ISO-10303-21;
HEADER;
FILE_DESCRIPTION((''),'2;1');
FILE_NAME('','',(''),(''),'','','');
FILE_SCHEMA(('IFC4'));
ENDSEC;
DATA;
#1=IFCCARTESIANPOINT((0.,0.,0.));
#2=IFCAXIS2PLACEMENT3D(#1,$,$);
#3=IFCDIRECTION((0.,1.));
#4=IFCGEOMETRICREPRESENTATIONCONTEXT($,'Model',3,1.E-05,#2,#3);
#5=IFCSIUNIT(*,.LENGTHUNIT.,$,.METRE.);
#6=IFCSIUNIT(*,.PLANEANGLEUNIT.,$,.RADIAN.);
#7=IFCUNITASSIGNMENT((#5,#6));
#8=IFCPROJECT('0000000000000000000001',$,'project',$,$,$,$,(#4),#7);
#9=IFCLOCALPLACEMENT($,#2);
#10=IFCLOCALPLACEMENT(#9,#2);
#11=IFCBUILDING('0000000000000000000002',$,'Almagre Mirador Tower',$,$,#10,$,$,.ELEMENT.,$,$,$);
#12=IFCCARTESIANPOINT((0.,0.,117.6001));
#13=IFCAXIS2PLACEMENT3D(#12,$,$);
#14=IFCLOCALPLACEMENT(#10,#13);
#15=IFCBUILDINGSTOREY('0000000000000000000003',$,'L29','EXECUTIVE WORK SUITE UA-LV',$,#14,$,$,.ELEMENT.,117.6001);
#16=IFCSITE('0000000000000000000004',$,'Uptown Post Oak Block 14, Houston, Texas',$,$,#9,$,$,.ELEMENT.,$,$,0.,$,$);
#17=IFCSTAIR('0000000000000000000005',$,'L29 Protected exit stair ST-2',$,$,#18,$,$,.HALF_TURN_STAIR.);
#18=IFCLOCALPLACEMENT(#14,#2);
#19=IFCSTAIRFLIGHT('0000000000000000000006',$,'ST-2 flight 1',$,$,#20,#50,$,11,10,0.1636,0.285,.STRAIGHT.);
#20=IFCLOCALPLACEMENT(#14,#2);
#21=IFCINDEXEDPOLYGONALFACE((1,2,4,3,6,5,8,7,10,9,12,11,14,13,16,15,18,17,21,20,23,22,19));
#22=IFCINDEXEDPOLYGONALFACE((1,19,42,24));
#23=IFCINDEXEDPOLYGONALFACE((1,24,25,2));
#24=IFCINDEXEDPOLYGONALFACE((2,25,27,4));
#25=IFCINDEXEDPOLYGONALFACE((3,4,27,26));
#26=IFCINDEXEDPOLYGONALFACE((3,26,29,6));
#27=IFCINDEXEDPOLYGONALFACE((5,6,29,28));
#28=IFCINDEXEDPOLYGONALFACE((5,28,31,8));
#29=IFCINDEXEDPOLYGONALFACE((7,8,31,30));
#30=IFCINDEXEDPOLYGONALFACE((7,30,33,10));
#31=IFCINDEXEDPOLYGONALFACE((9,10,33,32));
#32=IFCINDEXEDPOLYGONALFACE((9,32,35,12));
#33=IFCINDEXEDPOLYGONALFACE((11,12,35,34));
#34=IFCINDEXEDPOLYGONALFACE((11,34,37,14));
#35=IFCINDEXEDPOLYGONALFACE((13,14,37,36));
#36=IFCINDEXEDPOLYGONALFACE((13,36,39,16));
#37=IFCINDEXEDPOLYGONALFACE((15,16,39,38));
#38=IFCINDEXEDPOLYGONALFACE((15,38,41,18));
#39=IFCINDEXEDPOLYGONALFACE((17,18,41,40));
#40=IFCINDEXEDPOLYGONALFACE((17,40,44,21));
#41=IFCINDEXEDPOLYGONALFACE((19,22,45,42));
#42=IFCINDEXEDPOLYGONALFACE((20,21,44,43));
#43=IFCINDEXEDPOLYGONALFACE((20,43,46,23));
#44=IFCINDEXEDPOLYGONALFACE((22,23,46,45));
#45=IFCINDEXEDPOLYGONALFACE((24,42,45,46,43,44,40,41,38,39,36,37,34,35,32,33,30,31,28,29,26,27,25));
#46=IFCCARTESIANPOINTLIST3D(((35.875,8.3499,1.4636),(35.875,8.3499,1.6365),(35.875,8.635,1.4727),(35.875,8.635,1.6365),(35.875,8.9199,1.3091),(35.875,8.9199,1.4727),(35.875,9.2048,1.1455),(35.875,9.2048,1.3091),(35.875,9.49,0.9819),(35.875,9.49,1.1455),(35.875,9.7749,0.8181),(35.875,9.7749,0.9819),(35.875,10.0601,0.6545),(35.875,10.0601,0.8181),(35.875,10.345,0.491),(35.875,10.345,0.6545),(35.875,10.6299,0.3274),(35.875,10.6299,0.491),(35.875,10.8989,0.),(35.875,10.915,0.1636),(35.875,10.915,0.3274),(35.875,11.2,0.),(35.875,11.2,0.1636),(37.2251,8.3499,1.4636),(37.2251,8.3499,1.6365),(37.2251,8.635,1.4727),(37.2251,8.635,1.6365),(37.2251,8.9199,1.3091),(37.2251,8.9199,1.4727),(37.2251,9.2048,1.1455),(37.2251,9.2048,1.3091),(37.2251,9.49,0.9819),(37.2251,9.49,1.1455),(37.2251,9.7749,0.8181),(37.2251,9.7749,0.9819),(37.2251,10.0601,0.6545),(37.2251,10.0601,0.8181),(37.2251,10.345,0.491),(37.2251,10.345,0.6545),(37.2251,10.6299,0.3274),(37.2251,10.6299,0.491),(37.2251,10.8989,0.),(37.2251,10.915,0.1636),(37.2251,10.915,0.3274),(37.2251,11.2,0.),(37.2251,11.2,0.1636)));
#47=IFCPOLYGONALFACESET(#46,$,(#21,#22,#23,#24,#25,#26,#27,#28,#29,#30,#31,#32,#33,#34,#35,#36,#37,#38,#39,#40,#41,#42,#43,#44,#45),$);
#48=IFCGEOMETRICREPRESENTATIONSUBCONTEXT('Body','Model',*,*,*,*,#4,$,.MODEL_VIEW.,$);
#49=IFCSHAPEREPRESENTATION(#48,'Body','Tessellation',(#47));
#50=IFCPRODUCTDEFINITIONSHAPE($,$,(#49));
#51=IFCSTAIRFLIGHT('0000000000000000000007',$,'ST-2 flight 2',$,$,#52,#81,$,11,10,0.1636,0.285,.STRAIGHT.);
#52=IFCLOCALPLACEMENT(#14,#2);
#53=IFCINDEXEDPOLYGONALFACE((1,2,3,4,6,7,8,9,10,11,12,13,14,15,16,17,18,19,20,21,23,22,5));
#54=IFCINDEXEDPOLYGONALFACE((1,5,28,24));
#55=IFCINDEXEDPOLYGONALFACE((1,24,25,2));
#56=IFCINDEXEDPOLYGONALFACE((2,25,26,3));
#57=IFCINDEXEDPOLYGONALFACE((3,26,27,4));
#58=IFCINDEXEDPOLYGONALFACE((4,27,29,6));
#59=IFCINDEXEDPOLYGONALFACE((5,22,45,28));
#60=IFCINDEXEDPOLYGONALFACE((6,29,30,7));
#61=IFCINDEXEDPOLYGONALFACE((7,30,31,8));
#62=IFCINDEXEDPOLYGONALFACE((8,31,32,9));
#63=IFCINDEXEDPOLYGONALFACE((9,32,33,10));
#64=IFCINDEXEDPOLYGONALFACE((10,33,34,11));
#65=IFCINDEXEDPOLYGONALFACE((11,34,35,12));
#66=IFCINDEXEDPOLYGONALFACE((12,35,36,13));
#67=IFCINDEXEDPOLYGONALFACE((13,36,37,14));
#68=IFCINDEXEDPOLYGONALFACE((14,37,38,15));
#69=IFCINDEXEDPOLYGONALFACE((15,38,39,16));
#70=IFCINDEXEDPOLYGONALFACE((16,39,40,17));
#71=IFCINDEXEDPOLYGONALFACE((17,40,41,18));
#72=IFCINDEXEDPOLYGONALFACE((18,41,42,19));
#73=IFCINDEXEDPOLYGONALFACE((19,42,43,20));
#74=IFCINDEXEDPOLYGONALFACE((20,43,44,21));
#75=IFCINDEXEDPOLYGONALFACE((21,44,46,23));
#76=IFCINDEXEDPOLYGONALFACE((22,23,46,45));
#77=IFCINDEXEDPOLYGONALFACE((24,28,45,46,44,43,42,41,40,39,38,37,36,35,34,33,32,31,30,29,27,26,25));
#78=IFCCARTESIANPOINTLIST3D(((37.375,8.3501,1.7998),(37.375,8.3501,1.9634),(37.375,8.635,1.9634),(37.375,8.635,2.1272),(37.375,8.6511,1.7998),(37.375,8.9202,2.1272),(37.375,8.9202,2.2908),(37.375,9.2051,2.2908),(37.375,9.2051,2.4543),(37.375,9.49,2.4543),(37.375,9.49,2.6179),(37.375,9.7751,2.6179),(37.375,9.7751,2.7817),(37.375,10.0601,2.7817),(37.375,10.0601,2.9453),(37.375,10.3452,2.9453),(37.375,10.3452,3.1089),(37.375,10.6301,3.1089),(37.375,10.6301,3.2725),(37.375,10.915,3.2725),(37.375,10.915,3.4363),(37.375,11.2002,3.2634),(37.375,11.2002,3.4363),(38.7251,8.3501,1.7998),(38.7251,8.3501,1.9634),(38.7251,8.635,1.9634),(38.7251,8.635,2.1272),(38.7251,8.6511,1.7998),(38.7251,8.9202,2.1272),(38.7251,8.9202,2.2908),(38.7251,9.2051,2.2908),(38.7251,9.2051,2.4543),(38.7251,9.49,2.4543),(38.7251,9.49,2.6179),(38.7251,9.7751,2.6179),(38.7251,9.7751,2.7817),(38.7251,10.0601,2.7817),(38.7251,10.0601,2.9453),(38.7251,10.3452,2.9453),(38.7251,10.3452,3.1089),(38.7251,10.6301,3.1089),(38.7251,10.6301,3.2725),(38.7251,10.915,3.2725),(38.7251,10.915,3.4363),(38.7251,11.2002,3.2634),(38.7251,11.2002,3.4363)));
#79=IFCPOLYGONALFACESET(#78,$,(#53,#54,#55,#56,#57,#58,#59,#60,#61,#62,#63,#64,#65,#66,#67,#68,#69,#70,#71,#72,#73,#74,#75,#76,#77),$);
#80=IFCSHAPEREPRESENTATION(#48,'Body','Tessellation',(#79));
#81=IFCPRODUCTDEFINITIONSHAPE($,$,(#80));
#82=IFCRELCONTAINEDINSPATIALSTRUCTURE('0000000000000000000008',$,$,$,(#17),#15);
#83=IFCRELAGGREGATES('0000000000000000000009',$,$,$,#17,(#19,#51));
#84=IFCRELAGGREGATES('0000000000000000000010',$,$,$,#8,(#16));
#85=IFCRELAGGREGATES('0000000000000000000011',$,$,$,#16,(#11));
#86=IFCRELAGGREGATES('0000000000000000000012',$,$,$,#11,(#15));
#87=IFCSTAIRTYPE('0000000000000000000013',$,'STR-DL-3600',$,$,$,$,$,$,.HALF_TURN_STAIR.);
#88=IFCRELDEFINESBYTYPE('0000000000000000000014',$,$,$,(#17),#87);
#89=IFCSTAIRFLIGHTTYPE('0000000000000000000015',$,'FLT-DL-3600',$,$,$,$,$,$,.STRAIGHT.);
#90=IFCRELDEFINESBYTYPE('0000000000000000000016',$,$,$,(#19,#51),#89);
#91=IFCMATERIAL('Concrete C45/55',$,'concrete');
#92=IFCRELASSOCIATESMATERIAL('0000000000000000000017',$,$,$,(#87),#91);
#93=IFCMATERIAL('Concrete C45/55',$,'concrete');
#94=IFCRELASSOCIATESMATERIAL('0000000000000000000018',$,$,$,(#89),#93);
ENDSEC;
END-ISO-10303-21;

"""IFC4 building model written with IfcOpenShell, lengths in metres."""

from ifc_helpers import new_model, si_unit, direction, frame, origin, place, context, subcontext, project, spatial, polyline, outline, extrude, material, type_object, element, aggregate, save


model = new_model("IFC4")

# Units and contexts
model_context = context("Model", 3, precision=1e-05, world=origin(), true_north=direction((0.0, 1.0)))
body_context = subcontext(model_context, "Body", "Model", "MODEL_VIEW")
ifc_project = project(units=[si_unit("LENGTHUNIT", "METRE"), si_unit("PLANEANGLEUNIT", "RADIAN")], contexts=[model_context])

# Site, building, storey
site_placement = place(None, origin())
site = spatial("IfcSite", under=ifc_project, at=site_placement, Name="Uptown Post Oak Block 14, Houston, Texas", CompositionType="ELEMENT", RefElevation=0.0)
building_placement = place(site_placement, origin())
building = spatial("IfcBuilding", under=site, at=building_placement, Name="Almagre Mirador Tower", CompositionType="ELEMENT")
storey_placement = place(building_placement, frame((0.0, 0.0, 117.6001)))
storey = spatial("IfcBuildingStorey", under=building, at=storey_placement, Name="L29", Description="EXECUTIVE WORK SUITE UA-LV", CompositionType="ELEMENT", Elevation=117.6001)

# Stair, stair flights
ifc_material_1 = material(Name="Concrete C45/55", Category="concrete")
stair_type = type_object("IfcStairType", Name="STR-DL-3600", PredefinedType="HALF_TURN_STAIR", material=ifc_material_1)
stair_placement = place(storey_placement, origin())
stair = element("IfcStair", 1, at=stair_placement, inside=storey, type_object=stair_type, Name="L29 Protected exit stair ST-2", PredefinedType="HALF_TURN_STAIR")
ifc_material_2 = material(Name="Concrete C45/55", Category="concrete")
stair_flight_type = type_object("IfcStairFlightType", Name="FLT-DL-3600", PredefinedType="STRAIGHT", material=ifc_material_2)
stair_flight_1_placement = place(storey_placement, frame((36.55, 11.2, 0.0), z_axis=(0.0, 0.0, 1.0), x_axis=(0.0, -1.0, 0.0)))
stair_flight_1 = element("IfcStairFlight", 2, at=stair_flight_1_placement, type_object=stair_flight_type, Name="ST-2 flight 1", NumberOfRisers=11, NumberOfTreads=10, PredefinedType="STRAIGHT", RiserHeight=0.1636, TreadLength=0.285, context=body_context, shape_type="SweptSolid", body=[
    extrude(outline(polyline([(0.0, 0.0), (0.0, 0.1636), (0.2849, 0.1636), (0.2849, 0.3274), (0.5701, 0.3274), (0.5701, 0.491), (0.855, 0.491), (0.855, 0.6545), (1.1399, 0.6545), (1.1399, 0.8181), (1.425, 0.8181), (1.425, 0.9819), (1.71, 0.9819), (1.71, 1.1455), (1.9951, 1.1455), (1.9951, 1.3091), (2.28, 1.3091), (2.28, 1.4727), (2.5649, 1.4727), (2.5649, 1.6365), (2.8501, 1.6365), (2.8501, 1.8), (2.8501, 1.4636), (0.301, 0.0), (0.0, 0.0)])), frame((0.0, 0.675, 0.0), z_axis=(0.0, -1.0, 0.0), x_axis=(1.0, 0.0, 0.0)), (0.0, 0.0, 1.0), 1.3501),
])
stair_flight_2_placement = place(storey_placement, frame((38.05, 8.3501, 1.7998), z_axis=(0.0, 0.0, 1.0), x_axis=(0.0, 1.0, 0.0)))
stair_flight_2 = element("IfcStairFlight", 3, at=stair_flight_2_placement, type_object=stair_flight_type, Name="ST-2 flight 2", NumberOfRisers=11, NumberOfTreads=10, PredefinedType="STRAIGHT", RiserHeight=0.1636, TreadLength=0.285, context=body_context, shape_type="SweptSolid", body=[
    extrude(outline(polyline([(0.0, 0.0), (0.0, 0.1636), (0.2849, 0.1636), (0.2849, 0.3274), (0.5701, 0.3274), (0.5701, 0.491), (0.855, 0.491), (0.855, 0.6545), (1.1399, 0.6545), (1.1399, 0.8181), (1.425, 0.8181), (1.425, 0.9819), (1.71, 0.9819), (1.71, 1.1455), (1.9951, 1.1455), (1.9951, 1.3091), (2.28, 1.3091), (2.28, 1.4727), (2.5649, 1.4727), (2.5649, 1.6365), (2.8501, 1.6365), (2.8501, 1.8), (2.8501, 1.4636), (0.301, 0.0), (0.0, 0.0)])), frame((0.0, 0.675, 0.0), z_axis=(0.0, -1.0, 0.0), x_axis=(1.0, 0.0, 0.0)), (0.0, 0.0, 1.0), 1.3501),
])
aggregate(stair, [stair_flight_1, stair_flight_2])

save(model, "model.ifc")
